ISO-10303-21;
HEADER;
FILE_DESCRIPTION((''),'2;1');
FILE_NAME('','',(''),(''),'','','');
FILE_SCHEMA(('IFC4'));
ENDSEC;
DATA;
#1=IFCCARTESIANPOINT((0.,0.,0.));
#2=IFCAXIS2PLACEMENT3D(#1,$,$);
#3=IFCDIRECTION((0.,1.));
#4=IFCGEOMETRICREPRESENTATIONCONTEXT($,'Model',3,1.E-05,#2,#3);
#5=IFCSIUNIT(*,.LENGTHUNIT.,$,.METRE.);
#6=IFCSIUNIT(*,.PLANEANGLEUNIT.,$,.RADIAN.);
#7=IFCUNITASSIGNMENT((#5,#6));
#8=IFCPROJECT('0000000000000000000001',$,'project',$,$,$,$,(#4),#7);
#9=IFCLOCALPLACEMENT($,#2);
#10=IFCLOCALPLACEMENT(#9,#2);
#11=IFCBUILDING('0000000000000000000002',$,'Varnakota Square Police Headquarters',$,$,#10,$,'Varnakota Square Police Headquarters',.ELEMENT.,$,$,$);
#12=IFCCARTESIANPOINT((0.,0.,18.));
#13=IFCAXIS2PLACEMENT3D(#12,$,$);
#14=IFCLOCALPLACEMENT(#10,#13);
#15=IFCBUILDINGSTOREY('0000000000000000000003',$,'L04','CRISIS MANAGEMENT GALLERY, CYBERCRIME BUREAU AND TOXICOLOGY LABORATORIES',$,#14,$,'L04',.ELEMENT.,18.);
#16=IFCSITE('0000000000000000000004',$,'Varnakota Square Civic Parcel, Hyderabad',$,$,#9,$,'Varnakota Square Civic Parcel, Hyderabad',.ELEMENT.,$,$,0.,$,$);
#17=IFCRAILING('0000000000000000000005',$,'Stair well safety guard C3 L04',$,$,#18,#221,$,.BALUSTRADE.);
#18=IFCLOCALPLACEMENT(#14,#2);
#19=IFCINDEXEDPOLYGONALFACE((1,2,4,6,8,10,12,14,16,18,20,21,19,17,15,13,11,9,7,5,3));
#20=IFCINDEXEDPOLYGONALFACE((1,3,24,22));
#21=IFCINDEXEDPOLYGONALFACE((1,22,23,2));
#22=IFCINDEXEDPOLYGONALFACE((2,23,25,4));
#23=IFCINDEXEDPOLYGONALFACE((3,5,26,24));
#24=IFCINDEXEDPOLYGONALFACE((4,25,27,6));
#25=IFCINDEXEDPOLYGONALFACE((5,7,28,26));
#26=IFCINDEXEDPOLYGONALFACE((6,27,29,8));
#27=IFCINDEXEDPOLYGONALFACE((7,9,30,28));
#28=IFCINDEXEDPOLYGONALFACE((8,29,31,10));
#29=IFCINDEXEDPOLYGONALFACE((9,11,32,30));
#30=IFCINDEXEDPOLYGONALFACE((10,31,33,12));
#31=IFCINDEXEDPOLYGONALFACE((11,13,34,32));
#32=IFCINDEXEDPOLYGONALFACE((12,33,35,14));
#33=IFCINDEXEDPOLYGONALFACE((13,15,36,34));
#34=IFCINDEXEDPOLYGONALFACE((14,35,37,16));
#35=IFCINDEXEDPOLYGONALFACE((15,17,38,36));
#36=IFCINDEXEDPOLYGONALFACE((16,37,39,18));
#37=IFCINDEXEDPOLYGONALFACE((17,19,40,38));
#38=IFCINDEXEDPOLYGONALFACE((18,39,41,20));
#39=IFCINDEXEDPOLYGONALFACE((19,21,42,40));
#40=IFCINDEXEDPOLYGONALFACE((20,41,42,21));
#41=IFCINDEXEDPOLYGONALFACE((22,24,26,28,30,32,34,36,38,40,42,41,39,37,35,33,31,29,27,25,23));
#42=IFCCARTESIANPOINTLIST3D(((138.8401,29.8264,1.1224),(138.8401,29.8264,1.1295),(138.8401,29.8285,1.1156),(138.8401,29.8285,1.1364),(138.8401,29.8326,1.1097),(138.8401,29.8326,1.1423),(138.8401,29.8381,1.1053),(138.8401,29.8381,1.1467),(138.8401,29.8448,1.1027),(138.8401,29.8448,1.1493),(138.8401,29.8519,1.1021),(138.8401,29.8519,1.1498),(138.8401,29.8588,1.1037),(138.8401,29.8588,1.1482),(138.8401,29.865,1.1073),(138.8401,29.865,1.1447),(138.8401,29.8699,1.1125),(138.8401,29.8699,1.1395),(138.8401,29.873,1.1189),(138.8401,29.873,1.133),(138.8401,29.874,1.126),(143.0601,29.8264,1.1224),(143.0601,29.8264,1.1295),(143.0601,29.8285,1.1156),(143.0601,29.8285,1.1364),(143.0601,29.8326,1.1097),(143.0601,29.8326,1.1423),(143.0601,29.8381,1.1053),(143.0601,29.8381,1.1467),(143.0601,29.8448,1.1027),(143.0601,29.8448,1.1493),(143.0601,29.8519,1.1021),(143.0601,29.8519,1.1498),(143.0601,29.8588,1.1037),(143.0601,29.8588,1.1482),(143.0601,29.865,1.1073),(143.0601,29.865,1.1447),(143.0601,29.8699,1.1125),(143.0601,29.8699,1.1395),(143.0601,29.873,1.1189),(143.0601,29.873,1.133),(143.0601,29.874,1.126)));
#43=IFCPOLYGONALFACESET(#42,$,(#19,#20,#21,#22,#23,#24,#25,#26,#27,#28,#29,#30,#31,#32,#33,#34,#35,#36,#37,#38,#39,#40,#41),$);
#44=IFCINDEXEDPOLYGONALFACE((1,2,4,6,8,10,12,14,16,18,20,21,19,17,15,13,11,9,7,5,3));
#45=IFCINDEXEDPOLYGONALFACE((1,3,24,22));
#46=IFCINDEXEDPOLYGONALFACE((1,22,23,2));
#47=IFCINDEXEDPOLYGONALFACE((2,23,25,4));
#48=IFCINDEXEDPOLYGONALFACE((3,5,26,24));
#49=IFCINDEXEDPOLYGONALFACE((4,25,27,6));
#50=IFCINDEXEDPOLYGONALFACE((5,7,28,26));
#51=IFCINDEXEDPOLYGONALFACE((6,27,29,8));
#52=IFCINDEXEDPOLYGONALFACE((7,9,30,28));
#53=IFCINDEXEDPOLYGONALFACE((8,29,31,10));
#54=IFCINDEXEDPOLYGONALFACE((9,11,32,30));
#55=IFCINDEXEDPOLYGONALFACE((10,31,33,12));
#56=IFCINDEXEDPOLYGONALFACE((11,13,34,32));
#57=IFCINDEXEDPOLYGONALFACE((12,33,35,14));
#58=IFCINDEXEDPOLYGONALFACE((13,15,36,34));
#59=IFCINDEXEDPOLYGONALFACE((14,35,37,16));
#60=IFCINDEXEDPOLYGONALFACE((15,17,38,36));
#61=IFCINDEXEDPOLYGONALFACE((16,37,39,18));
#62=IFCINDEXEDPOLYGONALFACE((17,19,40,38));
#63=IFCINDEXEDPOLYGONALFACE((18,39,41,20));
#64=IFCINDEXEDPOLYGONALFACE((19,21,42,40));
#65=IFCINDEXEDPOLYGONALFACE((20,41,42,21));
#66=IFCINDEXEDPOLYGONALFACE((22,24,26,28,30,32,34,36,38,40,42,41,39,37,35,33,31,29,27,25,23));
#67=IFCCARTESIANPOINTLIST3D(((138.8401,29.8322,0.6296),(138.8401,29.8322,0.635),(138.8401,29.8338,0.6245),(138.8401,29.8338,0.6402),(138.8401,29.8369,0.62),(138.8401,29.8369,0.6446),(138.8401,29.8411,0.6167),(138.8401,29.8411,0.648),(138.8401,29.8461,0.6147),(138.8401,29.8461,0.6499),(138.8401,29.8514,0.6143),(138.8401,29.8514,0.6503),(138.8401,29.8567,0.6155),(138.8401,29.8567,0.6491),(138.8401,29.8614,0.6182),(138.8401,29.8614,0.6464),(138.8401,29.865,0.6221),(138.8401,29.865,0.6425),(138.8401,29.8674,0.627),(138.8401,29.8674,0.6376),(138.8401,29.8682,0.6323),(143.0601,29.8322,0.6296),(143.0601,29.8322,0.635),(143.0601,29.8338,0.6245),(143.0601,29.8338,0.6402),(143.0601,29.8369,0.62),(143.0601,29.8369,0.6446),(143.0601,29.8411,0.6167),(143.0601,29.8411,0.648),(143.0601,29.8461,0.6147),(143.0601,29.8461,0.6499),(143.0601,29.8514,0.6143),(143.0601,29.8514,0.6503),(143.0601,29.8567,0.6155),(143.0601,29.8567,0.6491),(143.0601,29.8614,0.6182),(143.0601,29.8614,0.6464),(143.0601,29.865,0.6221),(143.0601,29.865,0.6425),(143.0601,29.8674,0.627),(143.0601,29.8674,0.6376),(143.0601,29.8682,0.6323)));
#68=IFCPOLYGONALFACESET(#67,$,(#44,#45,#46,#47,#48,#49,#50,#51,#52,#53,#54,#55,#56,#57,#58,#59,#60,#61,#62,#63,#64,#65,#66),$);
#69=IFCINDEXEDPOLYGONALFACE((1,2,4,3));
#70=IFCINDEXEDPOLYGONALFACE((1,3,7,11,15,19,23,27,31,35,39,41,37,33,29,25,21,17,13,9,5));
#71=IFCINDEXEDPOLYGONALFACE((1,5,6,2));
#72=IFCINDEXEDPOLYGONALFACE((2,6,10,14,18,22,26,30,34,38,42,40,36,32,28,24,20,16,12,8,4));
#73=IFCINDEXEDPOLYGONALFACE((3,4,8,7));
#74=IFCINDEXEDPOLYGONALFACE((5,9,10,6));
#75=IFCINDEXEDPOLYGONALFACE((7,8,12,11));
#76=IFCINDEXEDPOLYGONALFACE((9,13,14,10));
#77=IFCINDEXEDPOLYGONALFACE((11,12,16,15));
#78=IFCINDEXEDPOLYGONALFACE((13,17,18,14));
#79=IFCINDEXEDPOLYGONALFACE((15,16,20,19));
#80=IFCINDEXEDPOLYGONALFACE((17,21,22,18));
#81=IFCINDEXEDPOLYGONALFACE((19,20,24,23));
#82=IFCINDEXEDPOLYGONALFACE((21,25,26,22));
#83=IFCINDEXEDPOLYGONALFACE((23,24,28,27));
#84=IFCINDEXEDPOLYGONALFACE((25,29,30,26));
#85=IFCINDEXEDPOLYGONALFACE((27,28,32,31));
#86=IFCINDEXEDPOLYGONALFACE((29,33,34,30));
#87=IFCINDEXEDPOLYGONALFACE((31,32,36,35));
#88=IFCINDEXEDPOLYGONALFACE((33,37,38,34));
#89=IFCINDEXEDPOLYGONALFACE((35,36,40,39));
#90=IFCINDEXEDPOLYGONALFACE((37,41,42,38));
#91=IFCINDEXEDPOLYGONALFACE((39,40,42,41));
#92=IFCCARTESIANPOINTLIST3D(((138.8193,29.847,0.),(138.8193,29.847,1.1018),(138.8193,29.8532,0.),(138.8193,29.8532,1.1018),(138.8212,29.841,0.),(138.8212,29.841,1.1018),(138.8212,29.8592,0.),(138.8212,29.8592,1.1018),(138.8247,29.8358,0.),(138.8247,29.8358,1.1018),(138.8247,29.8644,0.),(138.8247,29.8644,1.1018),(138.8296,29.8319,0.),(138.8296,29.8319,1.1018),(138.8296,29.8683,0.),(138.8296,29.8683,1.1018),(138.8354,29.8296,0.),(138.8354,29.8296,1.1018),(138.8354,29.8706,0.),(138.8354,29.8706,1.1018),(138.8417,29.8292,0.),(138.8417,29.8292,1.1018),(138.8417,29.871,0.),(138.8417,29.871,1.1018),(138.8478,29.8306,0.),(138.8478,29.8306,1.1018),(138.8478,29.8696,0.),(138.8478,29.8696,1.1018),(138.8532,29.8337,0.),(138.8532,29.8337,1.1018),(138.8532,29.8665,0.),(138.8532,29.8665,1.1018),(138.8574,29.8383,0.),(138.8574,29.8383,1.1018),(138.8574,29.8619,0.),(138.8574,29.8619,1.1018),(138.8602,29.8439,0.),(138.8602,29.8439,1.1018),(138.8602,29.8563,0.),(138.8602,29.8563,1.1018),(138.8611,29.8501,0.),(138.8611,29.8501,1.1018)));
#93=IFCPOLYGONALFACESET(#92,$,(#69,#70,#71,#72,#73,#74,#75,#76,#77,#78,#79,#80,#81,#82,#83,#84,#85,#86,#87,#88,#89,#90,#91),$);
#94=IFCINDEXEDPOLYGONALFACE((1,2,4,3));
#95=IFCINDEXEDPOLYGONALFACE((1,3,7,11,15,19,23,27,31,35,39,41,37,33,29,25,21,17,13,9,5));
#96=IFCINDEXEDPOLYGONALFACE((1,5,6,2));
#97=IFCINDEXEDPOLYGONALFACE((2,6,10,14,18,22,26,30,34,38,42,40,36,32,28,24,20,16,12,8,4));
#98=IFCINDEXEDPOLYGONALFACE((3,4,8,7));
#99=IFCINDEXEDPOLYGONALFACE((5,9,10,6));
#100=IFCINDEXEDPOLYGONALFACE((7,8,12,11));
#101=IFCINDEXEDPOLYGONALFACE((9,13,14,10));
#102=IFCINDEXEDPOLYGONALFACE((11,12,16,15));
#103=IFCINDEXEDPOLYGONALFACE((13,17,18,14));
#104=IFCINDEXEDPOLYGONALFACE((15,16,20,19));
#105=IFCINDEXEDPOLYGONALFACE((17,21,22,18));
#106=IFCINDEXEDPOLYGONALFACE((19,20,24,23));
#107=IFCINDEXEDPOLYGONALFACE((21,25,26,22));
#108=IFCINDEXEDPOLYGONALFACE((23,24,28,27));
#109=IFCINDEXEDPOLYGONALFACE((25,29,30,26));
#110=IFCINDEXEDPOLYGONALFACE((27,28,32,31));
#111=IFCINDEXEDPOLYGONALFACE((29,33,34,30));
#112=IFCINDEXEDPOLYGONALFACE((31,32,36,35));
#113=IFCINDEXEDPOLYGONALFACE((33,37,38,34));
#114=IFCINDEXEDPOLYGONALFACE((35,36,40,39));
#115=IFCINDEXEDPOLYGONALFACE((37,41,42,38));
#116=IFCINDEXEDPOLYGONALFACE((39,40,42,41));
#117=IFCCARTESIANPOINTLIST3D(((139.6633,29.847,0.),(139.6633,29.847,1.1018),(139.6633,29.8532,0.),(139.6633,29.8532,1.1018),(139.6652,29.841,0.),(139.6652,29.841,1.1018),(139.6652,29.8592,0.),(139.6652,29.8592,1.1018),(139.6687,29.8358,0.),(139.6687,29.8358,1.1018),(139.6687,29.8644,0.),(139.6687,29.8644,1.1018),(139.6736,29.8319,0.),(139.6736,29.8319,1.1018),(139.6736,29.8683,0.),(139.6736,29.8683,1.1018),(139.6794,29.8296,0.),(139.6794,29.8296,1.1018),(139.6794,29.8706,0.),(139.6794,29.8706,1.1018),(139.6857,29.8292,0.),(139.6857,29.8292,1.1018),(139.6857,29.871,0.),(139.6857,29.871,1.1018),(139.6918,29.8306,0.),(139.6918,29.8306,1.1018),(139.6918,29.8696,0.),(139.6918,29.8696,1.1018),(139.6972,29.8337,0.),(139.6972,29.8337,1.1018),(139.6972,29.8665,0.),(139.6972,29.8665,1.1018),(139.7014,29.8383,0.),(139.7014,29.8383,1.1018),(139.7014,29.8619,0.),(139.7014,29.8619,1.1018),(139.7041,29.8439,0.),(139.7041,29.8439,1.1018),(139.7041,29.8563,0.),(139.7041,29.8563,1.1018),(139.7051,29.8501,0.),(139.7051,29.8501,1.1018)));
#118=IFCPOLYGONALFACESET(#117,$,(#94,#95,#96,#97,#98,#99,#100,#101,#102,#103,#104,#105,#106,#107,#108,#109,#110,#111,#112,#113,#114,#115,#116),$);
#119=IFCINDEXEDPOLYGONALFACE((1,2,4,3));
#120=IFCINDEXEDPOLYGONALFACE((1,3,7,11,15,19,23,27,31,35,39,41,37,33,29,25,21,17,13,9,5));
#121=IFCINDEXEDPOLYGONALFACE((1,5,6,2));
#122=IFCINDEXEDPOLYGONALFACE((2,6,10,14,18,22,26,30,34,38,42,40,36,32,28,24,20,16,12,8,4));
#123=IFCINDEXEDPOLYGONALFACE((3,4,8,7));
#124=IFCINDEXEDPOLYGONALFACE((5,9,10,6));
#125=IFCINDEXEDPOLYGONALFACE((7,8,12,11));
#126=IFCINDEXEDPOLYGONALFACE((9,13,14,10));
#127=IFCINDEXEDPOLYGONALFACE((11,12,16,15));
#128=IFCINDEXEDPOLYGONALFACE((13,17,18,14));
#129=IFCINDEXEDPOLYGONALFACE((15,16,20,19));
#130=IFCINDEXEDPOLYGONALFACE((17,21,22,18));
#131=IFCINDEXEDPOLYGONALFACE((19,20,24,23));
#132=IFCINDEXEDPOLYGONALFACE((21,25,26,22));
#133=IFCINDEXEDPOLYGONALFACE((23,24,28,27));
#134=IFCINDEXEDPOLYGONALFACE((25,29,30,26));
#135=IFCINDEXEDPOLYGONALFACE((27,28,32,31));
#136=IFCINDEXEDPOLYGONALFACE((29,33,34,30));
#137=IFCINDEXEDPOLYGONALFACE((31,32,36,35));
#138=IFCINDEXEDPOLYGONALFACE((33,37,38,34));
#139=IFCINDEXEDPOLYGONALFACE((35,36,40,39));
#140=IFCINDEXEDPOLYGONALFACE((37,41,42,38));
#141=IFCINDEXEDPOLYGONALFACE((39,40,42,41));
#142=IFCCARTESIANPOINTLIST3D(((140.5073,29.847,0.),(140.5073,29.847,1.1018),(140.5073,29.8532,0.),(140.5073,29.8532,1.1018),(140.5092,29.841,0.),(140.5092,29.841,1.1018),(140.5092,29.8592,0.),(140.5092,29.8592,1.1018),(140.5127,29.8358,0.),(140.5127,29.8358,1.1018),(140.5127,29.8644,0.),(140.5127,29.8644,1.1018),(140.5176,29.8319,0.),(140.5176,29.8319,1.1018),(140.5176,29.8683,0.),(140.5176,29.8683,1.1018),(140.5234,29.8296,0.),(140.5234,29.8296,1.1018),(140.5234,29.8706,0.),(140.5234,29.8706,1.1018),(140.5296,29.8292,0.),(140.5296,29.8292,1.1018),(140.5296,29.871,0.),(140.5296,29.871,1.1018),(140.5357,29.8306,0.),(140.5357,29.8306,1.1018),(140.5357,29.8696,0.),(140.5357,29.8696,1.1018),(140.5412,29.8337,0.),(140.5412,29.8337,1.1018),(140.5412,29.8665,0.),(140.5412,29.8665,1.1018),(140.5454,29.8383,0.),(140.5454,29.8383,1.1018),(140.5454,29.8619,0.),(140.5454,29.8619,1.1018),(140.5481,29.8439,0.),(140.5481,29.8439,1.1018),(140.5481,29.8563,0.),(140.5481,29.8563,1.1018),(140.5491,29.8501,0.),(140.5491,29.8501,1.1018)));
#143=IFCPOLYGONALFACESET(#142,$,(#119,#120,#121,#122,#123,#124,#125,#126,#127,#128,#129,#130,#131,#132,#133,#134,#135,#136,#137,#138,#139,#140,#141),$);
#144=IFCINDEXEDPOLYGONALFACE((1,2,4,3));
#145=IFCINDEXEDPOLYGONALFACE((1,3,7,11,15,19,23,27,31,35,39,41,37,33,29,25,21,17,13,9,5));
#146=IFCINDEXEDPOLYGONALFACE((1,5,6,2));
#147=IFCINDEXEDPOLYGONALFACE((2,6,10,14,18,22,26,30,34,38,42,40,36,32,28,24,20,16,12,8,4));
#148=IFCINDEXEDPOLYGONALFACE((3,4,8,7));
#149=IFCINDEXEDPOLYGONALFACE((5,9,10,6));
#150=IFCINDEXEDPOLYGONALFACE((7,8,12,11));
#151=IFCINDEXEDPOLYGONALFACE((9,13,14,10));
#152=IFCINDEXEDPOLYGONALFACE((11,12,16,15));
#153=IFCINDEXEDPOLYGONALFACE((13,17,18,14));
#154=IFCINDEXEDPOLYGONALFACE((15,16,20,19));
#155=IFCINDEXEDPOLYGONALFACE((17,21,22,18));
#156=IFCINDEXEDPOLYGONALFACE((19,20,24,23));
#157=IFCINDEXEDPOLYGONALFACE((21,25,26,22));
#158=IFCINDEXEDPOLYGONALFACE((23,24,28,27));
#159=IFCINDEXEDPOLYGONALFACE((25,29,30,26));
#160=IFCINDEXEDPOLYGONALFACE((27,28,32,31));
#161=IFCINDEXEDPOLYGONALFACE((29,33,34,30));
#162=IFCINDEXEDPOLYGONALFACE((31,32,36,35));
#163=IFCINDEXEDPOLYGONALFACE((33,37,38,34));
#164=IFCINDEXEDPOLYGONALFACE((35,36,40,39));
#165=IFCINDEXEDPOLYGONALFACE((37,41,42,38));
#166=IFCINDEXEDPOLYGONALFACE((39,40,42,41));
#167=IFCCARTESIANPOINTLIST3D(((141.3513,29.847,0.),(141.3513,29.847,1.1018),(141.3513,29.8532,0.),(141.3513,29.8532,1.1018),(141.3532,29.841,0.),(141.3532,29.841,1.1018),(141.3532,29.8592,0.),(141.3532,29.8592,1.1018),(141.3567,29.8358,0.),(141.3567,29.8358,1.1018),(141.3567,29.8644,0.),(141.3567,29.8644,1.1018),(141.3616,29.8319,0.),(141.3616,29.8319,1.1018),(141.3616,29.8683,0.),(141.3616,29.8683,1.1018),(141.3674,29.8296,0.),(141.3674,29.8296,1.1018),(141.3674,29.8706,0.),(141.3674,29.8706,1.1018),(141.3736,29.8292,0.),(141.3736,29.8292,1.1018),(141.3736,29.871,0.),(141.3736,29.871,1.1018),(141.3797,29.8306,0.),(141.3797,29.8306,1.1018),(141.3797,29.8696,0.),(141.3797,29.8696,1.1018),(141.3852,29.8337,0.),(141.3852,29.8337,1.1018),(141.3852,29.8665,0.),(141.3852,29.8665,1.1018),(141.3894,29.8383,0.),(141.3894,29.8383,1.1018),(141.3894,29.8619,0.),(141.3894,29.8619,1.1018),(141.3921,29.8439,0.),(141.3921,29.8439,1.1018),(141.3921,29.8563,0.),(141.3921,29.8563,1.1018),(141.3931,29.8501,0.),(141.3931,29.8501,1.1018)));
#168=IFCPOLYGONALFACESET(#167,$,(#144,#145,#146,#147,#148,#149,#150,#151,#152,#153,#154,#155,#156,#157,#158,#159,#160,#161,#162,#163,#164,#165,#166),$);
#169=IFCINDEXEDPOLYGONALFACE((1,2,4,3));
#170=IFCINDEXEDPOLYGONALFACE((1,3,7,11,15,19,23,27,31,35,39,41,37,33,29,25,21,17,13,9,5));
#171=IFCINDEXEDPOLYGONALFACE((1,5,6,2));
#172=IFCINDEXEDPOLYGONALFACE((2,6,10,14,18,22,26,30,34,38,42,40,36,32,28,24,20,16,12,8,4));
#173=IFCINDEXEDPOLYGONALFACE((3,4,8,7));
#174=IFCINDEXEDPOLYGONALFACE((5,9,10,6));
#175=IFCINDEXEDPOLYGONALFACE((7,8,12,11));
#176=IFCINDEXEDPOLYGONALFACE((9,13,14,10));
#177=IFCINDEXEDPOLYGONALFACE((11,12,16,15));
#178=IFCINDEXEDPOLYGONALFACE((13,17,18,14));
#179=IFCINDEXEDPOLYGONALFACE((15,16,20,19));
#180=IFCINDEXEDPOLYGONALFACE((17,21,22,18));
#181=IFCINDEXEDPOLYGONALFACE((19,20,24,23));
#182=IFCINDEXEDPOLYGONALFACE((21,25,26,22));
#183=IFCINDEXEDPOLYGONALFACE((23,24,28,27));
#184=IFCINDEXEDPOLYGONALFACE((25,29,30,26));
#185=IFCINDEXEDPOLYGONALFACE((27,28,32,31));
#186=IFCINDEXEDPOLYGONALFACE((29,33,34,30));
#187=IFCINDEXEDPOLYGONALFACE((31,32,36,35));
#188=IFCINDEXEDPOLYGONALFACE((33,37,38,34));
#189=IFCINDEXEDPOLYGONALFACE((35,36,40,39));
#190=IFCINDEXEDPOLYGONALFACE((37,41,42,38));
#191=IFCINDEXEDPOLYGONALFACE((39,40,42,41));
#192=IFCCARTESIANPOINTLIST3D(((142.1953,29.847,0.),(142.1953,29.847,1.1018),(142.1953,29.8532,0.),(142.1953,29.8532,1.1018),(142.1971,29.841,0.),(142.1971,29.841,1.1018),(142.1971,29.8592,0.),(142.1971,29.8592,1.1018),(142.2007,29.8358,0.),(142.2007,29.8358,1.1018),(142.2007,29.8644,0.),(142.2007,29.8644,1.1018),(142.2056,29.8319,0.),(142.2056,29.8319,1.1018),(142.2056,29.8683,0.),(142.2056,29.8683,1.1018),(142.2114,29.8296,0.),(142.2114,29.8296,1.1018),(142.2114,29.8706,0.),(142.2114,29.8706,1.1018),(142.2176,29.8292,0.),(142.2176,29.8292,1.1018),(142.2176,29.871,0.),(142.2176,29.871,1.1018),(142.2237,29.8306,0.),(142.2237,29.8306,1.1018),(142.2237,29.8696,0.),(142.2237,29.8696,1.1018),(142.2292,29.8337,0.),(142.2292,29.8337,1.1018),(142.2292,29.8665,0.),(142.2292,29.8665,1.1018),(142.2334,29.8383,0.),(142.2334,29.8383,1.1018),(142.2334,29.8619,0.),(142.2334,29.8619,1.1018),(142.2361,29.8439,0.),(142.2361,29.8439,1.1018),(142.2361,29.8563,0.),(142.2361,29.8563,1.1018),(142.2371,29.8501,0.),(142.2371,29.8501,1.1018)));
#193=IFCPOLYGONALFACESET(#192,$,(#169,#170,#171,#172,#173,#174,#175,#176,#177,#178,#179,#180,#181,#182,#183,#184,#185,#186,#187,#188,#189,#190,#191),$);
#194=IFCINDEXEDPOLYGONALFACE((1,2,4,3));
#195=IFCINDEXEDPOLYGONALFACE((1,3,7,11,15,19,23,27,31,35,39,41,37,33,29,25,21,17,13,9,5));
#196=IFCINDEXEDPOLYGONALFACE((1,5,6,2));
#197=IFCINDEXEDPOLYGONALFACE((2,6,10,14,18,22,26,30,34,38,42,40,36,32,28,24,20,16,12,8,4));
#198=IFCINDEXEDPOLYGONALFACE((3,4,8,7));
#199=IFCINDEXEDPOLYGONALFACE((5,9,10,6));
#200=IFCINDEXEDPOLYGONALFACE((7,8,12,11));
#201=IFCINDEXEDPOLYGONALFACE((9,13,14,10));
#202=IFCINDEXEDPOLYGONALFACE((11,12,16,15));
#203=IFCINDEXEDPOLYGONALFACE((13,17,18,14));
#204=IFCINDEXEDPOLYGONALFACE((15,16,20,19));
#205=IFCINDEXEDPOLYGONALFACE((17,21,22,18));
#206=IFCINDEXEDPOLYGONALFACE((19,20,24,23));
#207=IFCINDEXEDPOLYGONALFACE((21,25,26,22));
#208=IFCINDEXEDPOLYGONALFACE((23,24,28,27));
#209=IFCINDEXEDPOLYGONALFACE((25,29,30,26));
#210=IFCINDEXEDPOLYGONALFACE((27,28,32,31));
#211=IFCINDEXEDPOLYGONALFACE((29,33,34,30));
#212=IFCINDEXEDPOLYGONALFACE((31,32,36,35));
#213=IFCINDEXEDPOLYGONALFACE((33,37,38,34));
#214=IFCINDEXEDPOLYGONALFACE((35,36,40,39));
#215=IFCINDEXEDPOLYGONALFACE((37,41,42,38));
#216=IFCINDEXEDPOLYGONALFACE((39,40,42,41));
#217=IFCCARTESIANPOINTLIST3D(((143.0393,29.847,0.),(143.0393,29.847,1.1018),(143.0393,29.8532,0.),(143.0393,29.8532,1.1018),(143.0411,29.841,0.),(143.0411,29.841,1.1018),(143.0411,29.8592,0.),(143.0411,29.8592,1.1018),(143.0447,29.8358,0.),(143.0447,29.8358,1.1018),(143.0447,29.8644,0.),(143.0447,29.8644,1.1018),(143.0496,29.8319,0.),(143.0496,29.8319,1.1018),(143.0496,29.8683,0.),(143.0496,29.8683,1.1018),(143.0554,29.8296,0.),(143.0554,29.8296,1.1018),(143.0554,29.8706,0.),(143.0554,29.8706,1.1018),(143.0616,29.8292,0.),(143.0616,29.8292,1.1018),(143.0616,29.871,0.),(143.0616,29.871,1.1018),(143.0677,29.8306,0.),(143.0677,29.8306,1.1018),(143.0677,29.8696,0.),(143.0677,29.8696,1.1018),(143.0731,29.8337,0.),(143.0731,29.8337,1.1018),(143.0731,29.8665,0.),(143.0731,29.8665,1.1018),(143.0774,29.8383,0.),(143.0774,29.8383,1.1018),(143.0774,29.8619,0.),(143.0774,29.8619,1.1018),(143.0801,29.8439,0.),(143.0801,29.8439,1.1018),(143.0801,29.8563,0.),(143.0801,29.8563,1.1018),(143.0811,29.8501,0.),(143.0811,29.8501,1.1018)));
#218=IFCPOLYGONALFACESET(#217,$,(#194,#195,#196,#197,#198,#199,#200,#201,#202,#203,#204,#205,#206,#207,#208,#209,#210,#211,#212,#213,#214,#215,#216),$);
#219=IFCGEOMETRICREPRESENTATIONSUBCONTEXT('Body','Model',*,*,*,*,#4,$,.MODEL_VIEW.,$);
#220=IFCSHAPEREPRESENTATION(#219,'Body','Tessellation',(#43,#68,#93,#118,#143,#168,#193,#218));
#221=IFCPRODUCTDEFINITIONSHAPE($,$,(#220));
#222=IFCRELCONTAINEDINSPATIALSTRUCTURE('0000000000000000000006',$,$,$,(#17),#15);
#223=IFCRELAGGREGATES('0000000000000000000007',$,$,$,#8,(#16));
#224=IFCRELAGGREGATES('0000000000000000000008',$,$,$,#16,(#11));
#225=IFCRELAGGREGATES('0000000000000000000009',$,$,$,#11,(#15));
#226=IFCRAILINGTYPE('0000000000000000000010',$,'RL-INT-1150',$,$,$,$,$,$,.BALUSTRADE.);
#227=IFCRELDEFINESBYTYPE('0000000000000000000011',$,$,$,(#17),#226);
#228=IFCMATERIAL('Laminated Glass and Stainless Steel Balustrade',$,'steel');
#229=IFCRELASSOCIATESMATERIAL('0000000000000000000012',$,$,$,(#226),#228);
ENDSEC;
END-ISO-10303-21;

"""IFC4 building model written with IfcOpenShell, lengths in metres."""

from ifc_helpers import new_model, si_unit, direction, frame, origin, origin_2d, place, context, subcontext, project, spatial, circle, extrude, material, type_object, element, save


model = new_model("IFC4")

# Units and contexts
model_context = context("Model", 3, precision=1e-05, world=origin(), true_north=direction((0.0, 1.0)))
body_context = subcontext(model_context, "Body", "Model", "MODEL_VIEW")
ifc_project = project(units=[si_unit("LENGTHUNIT", "METRE"), si_unit("PLANEANGLEUNIT", "RADIAN")], contexts=[model_context])

# Site, building, storey
site_placement = place(None, origin())
site = spatial("IfcSite", under=ifc_project, at=site_placement, Name="Varnakota Square Civic Parcel, Hyderabad", LongName="Varnakota Square Civic Parcel, Hyderabad", CompositionType="ELEMENT", RefElevation=0.0)
building_placement = place(site_placement, origin())
building = spatial("IfcBuilding", under=site, at=building_placement, Name="Varnakota Square Police Headquarters", LongName="Varnakota Square Police Headquarters", CompositionType="ELEMENT")
storey_placement = place(building_placement, frame((0.0, 0.0, 18.0)))
storey = spatial("IfcBuildingStorey", under=building, at=storey_placement, Name="L04", Description="CRISIS MANAGEMENT GALLERY, CYBERCRIME BUREAU AND TOXICOLOGY LABORATORIES", LongName="L04", CompositionType="ELEMENT", Elevation=18.0)

# Railing
ifc_material_1 = material(Name="Laminated Glass and Stainless Steel Balustrade", Category="steel")
railing_type_1 = type_object("IfcRailingType", Name="RL-INT-1150", PredefinedType="BALUSTRADE", material=ifc_material_1)
railing_1_placement = place(storey_placement, frame((138.8401, 29.8501, 0.0)))
element("IfcRailing", 1, at=railing_1_placement, inside=storey, type_object=railing_type_1, Name="Stair well safety guard C3 L04", PredefinedType="BALUSTRADE", context=body_context, shape_type="SweptSolid", body=[
    extrude(circle(Radius=0.0239, at=origin_2d()), frame((0.0, 0.0, 1.126), z_axis=(1.0, 0.0, 0.0), x_axis=(0.0, 1.0, 0.0)), (0.0, 0.0, 1.0), 4.22),
    extrude(circle(Radius=0.0181, at=origin_2d()), frame((0.0, 0.0, 0.6323), z_axis=(1.0, 0.0, 0.0), x_axis=(0.0, 1.0, 0.0)), (0.0, 0.0, 1.0), 4.22),
    extrude(circle(Radius=0.021, at=origin_2d()), origin(), (0.0, 0.0, 1.0), 1.1018),
    extrude(circle(Radius=0.021, at=origin_2d()), frame((0.844, 0.0, 0.0)), (0.0, 0.0, 1.0), 1.1018),
    extrude(circle(Radius=0.021, at=origin_2d()), frame((1.688, 0.0, 0.0)), (0.0, 0.0, 1.0), 1.1018),
    extrude(circle(Radius=0.021, at=origin_2d()), frame((2.532, 0.0, 0.0)), (0.0, 0.0, 1.0), 1.1018),
    extrude(circle(Radius=0.021, at=origin_2d()), frame((3.376, 0.0, 0.0)), (0.0, 0.0, 1.0), 1.1018),
    extrude(circle(Radius=0.021, at=origin_2d()), frame((4.22, 0.0, 0.0)), (0.0, 0.0, 1.0), 1.1018),
])

save(model, "model.ifc")
